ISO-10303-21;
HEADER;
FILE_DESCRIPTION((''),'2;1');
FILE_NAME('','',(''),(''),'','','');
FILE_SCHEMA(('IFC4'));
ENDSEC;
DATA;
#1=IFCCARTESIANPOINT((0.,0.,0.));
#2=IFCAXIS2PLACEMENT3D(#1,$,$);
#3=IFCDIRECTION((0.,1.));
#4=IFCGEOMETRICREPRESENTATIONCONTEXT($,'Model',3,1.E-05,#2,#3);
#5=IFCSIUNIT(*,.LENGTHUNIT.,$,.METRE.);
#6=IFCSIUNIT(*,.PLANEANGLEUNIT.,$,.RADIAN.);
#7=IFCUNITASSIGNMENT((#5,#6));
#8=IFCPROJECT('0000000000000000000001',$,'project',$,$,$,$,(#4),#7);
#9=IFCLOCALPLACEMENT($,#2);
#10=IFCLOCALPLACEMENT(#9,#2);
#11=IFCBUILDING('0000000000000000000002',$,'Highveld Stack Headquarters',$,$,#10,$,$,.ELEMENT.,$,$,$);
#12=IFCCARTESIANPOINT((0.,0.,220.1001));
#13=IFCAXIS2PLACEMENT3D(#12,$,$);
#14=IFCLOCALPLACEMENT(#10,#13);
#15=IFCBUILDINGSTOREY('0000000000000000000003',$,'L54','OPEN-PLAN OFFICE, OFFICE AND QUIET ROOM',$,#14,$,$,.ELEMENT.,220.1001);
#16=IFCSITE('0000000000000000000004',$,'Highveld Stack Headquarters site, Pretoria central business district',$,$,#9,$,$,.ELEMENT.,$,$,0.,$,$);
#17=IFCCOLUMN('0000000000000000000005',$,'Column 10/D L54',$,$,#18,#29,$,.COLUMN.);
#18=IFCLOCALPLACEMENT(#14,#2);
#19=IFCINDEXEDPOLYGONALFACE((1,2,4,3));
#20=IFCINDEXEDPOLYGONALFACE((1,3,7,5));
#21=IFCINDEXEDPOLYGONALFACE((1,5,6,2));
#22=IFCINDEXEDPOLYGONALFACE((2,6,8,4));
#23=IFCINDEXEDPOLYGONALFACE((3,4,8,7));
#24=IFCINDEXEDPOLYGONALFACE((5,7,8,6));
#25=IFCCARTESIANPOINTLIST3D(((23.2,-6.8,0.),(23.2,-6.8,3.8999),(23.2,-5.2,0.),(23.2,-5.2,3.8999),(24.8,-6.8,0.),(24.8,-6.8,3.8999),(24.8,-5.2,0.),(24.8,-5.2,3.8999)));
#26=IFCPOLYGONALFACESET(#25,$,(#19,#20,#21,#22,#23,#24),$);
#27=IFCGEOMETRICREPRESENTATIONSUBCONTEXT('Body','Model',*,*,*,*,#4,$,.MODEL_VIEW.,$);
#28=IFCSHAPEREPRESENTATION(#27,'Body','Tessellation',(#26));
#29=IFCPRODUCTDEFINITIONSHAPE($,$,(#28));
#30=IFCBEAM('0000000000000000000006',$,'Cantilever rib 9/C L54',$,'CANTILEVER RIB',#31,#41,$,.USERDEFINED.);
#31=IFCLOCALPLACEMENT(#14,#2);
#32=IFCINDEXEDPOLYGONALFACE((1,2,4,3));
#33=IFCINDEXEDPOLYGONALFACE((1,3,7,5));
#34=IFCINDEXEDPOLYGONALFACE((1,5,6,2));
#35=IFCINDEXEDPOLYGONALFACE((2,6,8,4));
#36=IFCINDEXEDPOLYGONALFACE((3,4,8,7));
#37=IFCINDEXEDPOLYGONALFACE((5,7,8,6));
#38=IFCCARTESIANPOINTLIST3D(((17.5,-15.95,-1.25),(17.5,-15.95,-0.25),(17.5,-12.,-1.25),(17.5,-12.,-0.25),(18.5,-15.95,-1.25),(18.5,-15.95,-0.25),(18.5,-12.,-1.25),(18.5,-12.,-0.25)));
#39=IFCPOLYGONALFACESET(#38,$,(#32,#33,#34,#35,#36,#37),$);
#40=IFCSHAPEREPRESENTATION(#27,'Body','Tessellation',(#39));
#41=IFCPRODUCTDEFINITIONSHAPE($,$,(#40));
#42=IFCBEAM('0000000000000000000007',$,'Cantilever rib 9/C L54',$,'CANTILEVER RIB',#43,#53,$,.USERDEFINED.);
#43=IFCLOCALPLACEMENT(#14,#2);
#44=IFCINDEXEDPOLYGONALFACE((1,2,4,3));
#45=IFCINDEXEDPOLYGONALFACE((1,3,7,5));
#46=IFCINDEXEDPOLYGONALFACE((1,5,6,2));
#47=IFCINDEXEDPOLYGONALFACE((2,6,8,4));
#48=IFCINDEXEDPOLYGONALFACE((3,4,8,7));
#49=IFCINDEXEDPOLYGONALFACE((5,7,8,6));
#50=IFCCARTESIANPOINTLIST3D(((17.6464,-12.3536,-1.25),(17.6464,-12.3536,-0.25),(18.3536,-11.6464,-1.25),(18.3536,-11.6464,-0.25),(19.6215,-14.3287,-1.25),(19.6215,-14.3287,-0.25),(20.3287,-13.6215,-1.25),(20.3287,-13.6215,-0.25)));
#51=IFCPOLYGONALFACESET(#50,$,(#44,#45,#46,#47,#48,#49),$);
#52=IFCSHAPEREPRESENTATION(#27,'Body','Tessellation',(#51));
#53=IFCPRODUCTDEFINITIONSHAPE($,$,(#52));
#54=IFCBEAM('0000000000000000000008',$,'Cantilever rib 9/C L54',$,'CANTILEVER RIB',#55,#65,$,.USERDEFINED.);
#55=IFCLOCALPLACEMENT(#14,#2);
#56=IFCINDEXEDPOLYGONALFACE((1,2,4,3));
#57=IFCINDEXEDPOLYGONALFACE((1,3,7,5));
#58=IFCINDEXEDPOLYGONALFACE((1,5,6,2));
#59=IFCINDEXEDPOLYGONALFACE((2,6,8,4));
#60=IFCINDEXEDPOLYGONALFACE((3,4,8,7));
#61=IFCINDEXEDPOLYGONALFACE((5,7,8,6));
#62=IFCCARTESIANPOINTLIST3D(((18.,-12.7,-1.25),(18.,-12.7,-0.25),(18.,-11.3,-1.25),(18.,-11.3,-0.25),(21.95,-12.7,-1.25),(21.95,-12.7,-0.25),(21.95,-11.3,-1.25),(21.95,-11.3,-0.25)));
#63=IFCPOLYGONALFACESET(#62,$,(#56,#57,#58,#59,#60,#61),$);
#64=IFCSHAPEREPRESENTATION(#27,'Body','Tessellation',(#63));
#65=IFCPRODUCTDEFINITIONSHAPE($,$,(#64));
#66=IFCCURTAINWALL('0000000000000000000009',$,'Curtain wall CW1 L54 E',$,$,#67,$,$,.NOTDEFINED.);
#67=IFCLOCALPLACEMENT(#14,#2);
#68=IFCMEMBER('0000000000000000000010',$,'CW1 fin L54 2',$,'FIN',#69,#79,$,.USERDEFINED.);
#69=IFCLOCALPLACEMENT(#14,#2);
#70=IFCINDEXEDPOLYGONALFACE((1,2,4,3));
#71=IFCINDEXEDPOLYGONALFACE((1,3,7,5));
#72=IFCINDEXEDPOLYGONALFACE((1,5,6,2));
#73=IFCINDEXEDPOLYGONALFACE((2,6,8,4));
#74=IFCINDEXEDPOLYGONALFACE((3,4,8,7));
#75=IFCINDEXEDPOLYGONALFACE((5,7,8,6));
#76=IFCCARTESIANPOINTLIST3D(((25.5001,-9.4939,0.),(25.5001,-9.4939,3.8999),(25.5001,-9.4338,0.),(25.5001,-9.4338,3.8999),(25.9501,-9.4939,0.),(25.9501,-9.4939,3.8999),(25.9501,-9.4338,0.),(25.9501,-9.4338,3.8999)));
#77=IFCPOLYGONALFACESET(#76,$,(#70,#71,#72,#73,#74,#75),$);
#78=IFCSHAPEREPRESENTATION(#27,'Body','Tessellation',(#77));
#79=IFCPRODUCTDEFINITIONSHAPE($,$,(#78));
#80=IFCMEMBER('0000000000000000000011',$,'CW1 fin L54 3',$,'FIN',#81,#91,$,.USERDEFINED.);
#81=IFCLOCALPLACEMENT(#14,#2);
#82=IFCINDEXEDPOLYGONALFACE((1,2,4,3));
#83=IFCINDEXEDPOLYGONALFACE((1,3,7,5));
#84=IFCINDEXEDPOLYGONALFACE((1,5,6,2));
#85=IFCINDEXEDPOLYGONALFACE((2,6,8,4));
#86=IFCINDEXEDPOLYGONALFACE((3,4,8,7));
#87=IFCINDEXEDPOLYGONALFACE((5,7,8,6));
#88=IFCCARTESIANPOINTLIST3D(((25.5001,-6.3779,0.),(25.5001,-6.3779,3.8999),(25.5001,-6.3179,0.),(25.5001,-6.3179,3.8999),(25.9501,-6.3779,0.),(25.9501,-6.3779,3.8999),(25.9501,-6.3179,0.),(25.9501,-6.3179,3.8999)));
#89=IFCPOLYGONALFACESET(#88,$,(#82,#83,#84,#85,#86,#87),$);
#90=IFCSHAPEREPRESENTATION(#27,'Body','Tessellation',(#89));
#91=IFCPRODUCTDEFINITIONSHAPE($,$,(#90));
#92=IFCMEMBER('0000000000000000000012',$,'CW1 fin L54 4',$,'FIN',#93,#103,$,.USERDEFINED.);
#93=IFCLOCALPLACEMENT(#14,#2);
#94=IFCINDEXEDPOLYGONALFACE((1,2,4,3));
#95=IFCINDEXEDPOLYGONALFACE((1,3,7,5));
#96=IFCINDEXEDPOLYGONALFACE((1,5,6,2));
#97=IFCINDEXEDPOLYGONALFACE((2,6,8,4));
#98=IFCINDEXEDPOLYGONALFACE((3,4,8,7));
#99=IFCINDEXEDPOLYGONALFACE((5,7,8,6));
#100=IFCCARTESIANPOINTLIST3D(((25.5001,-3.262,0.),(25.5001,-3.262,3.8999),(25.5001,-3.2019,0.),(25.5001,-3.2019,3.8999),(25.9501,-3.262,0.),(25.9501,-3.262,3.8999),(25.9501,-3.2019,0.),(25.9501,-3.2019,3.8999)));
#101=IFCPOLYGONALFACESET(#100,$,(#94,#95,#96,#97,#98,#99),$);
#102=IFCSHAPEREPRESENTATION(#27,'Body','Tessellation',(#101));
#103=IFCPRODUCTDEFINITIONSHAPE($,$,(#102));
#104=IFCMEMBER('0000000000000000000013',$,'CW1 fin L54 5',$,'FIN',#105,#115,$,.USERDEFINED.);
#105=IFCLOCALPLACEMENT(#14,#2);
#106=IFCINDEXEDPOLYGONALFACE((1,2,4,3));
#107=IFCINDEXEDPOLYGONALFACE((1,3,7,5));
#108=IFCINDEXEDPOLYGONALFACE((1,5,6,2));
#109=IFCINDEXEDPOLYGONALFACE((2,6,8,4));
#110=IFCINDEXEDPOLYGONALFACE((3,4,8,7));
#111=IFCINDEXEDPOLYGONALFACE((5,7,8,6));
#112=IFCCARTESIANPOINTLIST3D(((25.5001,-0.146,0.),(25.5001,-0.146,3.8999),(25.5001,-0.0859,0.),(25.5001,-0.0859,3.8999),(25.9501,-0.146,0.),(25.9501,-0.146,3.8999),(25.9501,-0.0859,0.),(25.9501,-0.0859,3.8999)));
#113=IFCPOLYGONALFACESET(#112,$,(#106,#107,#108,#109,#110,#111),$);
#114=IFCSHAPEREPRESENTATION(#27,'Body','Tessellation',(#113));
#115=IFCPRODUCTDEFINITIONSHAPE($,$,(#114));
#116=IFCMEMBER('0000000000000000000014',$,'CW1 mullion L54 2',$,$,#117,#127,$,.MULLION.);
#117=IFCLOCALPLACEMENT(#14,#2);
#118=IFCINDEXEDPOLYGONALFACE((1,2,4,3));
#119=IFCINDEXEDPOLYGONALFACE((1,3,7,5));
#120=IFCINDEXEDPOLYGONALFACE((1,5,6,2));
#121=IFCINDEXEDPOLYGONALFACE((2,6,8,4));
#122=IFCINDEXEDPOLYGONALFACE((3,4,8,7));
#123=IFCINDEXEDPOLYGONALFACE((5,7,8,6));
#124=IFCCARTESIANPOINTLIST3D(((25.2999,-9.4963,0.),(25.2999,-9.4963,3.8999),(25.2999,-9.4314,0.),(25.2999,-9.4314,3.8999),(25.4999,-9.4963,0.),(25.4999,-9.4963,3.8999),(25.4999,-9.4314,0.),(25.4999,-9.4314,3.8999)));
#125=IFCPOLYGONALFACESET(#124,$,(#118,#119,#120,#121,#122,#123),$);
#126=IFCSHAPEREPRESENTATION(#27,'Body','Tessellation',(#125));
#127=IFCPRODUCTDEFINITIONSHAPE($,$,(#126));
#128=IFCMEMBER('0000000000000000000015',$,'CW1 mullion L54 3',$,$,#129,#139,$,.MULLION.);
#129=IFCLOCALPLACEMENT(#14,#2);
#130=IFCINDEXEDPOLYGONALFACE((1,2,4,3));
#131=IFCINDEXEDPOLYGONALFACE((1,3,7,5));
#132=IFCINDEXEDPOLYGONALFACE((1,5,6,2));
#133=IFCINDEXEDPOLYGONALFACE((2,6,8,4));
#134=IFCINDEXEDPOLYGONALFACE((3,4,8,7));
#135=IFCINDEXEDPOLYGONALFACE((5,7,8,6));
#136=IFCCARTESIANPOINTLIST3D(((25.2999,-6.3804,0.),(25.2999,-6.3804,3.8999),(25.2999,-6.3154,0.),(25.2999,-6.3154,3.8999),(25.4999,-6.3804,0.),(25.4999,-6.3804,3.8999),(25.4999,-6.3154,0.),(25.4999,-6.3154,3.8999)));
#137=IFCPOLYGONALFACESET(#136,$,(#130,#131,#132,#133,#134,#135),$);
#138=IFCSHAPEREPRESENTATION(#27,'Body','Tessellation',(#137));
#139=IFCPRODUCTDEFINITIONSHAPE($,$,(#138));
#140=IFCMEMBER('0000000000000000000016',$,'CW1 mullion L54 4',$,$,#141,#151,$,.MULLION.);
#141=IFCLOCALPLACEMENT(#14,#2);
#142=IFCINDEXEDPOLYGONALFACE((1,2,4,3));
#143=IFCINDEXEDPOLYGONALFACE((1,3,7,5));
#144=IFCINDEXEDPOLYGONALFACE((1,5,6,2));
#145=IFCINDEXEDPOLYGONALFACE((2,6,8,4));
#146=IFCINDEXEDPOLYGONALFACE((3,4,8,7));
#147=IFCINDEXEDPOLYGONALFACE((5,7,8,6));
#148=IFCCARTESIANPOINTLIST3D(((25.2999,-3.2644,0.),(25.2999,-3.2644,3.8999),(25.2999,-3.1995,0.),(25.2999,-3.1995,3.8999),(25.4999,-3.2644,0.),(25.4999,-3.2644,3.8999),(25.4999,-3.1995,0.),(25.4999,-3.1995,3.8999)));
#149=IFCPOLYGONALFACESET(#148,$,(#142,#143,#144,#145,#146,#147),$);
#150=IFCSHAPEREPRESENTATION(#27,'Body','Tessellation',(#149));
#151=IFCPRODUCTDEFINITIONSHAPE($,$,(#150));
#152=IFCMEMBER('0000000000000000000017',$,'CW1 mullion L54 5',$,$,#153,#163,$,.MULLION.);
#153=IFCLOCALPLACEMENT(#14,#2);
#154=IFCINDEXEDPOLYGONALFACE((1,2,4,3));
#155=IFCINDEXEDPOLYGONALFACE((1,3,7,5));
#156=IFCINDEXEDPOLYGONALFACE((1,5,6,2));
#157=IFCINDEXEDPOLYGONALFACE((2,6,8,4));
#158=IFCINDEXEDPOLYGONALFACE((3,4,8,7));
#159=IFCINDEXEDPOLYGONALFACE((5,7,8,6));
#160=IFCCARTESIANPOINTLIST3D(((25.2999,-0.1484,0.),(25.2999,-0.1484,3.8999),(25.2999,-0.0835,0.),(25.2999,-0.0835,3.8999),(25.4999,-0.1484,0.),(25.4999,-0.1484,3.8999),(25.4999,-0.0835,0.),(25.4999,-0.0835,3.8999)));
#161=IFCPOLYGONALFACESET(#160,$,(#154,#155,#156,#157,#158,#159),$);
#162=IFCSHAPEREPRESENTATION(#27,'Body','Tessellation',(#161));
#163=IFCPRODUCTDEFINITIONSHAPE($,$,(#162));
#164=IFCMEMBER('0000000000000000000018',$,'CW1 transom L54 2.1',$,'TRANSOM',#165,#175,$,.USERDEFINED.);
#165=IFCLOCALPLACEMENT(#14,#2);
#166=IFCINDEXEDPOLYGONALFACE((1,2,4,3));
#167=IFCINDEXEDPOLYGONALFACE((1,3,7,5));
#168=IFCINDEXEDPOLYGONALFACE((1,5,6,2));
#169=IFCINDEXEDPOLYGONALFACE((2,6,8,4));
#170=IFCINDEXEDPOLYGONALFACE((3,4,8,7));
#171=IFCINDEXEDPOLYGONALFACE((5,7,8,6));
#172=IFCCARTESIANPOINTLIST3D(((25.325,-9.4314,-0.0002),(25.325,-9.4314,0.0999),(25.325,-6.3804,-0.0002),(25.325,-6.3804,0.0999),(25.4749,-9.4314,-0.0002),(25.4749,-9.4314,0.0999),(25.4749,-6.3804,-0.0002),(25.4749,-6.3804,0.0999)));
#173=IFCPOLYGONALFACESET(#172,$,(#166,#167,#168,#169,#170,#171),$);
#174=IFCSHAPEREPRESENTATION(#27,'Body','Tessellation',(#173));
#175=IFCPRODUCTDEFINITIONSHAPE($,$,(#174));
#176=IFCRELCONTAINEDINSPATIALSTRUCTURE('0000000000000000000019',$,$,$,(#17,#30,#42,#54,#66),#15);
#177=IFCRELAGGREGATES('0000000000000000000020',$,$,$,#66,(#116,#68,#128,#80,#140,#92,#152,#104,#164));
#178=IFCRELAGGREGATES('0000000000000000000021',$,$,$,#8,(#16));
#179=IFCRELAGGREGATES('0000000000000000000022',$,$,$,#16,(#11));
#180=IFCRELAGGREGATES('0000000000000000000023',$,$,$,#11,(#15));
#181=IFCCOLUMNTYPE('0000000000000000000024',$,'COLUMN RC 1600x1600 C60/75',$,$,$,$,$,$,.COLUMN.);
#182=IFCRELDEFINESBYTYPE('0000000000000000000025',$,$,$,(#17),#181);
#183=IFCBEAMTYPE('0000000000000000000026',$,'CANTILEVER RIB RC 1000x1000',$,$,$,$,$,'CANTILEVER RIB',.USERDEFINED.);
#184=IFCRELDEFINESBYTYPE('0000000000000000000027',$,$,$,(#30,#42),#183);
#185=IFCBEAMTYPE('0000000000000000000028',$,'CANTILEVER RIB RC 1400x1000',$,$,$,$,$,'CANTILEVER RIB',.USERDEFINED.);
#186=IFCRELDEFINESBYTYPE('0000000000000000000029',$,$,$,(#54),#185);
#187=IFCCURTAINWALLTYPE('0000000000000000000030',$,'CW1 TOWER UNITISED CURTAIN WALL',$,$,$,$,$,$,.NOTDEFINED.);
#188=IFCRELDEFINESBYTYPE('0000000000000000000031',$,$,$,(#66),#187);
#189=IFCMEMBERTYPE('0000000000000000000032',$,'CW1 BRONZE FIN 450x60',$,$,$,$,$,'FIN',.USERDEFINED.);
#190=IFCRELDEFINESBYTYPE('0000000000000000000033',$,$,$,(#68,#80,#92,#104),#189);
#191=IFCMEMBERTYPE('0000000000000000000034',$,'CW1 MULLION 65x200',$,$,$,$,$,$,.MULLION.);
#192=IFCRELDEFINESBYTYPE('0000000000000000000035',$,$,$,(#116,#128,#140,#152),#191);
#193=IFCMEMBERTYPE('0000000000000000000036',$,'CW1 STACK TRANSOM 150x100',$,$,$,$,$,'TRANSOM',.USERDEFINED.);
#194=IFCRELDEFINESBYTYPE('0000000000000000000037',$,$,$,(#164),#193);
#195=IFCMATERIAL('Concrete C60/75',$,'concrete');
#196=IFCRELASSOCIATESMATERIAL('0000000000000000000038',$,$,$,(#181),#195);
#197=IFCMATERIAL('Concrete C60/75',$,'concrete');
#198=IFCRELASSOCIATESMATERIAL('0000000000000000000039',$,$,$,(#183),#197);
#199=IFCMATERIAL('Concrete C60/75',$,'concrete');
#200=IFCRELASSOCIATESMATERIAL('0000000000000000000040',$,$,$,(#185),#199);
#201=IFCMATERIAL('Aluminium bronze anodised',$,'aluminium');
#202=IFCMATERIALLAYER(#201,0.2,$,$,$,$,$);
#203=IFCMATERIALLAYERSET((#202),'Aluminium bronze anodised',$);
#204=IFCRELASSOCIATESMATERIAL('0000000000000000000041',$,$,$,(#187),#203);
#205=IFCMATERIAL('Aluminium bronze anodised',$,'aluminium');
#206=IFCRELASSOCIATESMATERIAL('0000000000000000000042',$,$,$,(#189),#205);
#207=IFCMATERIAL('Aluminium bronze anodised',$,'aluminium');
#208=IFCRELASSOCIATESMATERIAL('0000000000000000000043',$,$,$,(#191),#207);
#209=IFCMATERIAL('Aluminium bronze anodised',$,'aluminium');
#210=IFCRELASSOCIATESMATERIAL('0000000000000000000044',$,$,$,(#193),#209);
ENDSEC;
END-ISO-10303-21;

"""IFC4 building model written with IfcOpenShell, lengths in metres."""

from ifc_helpers import new_model, si_unit, direction, frame, origin, origin_2d, place, context, subcontext, project, spatial, rectangle, extrude, material, layer, layer_set, material_profile, profile_set, type_object, element, aggregate, save


model = new_model("IFC4")

# Units and contexts
model_context = context("Model", 3, precision=1e-05, world=origin(), true_north=direction((0.0, 1.0)))
body_context = subcontext(model_context, "Body", "Model", "MODEL_VIEW")
ifc_project = project(units=[si_unit("LENGTHUNIT", "METRE"), si_unit("PLANEANGLEUNIT", "RADIAN")], contexts=[model_context])

# Site, building, storey
site_placement = place(None, origin())
site = spatial("IfcSite", under=ifc_project, at=site_placement, Name="Highveld Stack Headquarters site, Pretoria central business district", CompositionType="ELEMENT", RefElevation=0.0)
building_placement = place(site_placement, origin())
building = spatial("IfcBuilding", under=site, at=building_placement, Name="Highveld Stack Headquarters", CompositionType="ELEMENT")
storey_placement = place(building_placement, frame((0.0, 0.0, 220.1001)))
storey = spatial("IfcBuildingStorey", under=building, at=storey_placement, Name="L54", Description="OPEN-PLAN OFFICE, OFFICE AND QUIET ROOM", CompositionType="ELEMENT", Elevation=220.1001)

# Column
ifc_material_1 = material(Name="Concrete C60/75", Category="concrete")
ifc_material_profile_1 = material_profile(ifc_material_1, rectangle(XDim=1.6001, YDim=1.6001, at=origin_2d()), Name="RC 1600x1600")
ifc_profile_set_1 = profile_set([ifc_material_profile_1], Name="Concrete C60/75")
column_type = type_object("IfcColumnType", Name="COLUMN RC 1600x1600 C60/75", PredefinedType="COLUMN", material=ifc_profile_set_1)
column_placement = place(storey_placement, frame((24.0, -6.0, 0.0), z_axis=(0.0, 0.0, 1.0), x_axis=(1.0, 0.0, 0.0)))
element("IfcColumn", 1, at=column_placement, inside=storey, type_object=column_type, Name="Column 10/D L54", PredefinedType="COLUMN", context=body_context, shape_type="SweptSolid", body=[
    extrude(rectangle(XDim=1.6001, YDim=1.6001, at=origin_2d()), origin(), (0.0, 0.0, 1.0), 3.8999),
])

# Beams
ifc_material_2 = material(Name="Concrete C60/75", Category="concrete")
ifc_material_profile_2 = material_profile(ifc_material_2, rectangle(XDim=1.0, YDim=1.0, at=origin_2d()), Name="RC 1000x1000")
ifc_profile_set_2 = profile_set([ifc_material_profile_2], Name="Concrete C60/75")
beam_type_1 = type_object("IfcBeamType", Name="CANTILEVER RIB RC 1000x1000", ElementType="CANTILEVER RIB", PredefinedType="USERDEFINED", material=ifc_profile_set_2)
beam_1_placement = place(storey_placement, frame((18.0, -12.0, -0.75), z_axis=(0.0, -1.0, 0.0), x_axis=(1.0, 0.0, 0.0)))
element("IfcBeam", 2, at=beam_1_placement, inside=storey, type_object=beam_type_1, Name="Cantilever rib 9/C L54", ObjectType="CANTILEVER RIB", PredefinedType="USERDEFINED", context=body_context, shape_type="SweptSolid", body=[
    extrude(rectangle(XDim=1.0, YDim=1.0, at=origin_2d()), origin(), (0.0, 0.0, 1.0), 3.95),
])
beam_2_placement = place(storey_placement, frame((18.0, -12.0, -0.75), z_axis=(0.707107, -0.707107, 0.0), x_axis=(0.707107, 0.707107, 0.0)))
element("IfcBeam", 3, at=beam_2_placement, inside=storey, type_object=beam_type_1, Name="Cantilever rib 9/C L54", ObjectType="CANTILEVER RIB", PredefinedType="USERDEFINED", context=body_context, shape_type="SweptSolid", body=[
    extrude(rectangle(XDim=1.0, YDim=1.0, at=origin_2d()), origin(), (0.0, 0.0, 1.0), 2.7932),
])
ifc_material_3 = material(Name="Concrete C60/75", Category="concrete")
ifc_material_profile_3 = material_profile(ifc_material_3, rectangle(XDim=1.3999, YDim=1.0, at=origin_2d()), Name="RC 1400x1000")
ifc_profile_set_3 = profile_set([ifc_material_profile_3], Name="Concrete C60/75")
beam_type_2 = type_object("IfcBeamType", Name="CANTILEVER RIB RC 1400x1000", ElementType="CANTILEVER RIB", PredefinedType="USERDEFINED", material=ifc_profile_set_3)
beam_3_placement = place(storey_placement, frame((18.0, -12.0, -0.75), z_axis=(1.0, 0.0, 0.0), x_axis=(0.0, 1.0, 0.0)))
element("IfcBeam", 4, at=beam_3_placement, inside=storey, type_object=beam_type_2, Name="Cantilever rib 9/C L54", ObjectType="CANTILEVER RIB", PredefinedType="USERDEFINED", context=body_context, shape_type="SweptSolid", body=[
    extrude(rectangle(XDim=1.3999, YDim=1.0, at=origin_2d()), origin(), (0.0, 0.0, 1.0), 3.95),
])

# Curtain wall, members
ifc_material_4 = material(Name="Aluminium bronze anodised", Category="aluminium")
ifc_layer_1 = layer(ifc_material_4, 0.2)
ifc_layer_set_1 = layer_set([ifc_layer_1], Name="Aluminium bronze anodised")
curtain_wall_type = type_object("IfcCurtainWallType", Name="CW1 TOWER UNITISED CURTAIN WALL", PredefinedType="NOTDEFINED", material=ifc_layer_set_1)
curtain_wall_placement = place(storey_placement, origin())
curtain_wall = element("IfcCurtainWall", 5, at=curtain_wall_placement, inside=storey, type_object=curtain_wall_type, Name="Curtain wall CW1 L54 E", PredefinedType="NOTDEFINED")
ifc_material_5 = material(Name="Aluminium bronze anodised", Category="aluminium")
ifc_material_profile_4 = material_profile(ifc_material_5, rectangle(XDim=0.45, YDim=0.0601, at=origin_2d()), Name="FIN 450x60")
ifc_profile_set_4 = profile_set([ifc_material_profile_4], Name="Aluminium bronze anodised")
member_type_1 = type_object("IfcMemberType", Name="CW1 BRONZE FIN 450x60", ElementType="FIN", PredefinedType="USERDEFINED", material=ifc_profile_set_4)
member_1_placement = place(storey_placement, frame((25.7251, -9.4639, 0.0), z_axis=(0.0, 0.0, 1.0), x_axis=(-1.0, 0.0, 0.0)))
member_1 = element("IfcMember", 6, at=member_1_placement, type_object=member_type_1, Name="CW1 fin L54 2", ObjectType="FIN", PredefinedType="USERDEFINED", context=body_context, shape_type="SweptSolid", body=[
    extrude(rectangle(XDim=0.45, YDim=0.0601, at=origin_2d()), origin(), (0.0, 0.0, 1.0), 3.8999),
])
member_2_placement = place(storey_placement, frame((25.7251, -6.3479, 0.0), z_axis=(0.0, 0.0, 1.0), x_axis=(-1.0, 0.0, 0.0)))
member_2 = element("IfcMember", 7, at=member_2_placement, type_object=member_type_1, Name="CW1 fin L54 3", ObjectType="FIN", PredefinedType="USERDEFINED", context=body_context, shape_type="SweptSolid", body=[
    extrude(rectangle(XDim=0.45, YDim=0.0601, at=origin_2d()), origin(), (0.0, 0.0, 1.0), 3.8999),
])
member_3_placement = place(storey_placement, frame((25.7251, -3.2319, 0.0), z_axis=(0.0, 0.0, 1.0), x_axis=(-1.0, 0.0, 0.0)))
member_3 = element("IfcMember", 8, at=member_3_placement, type_object=member_type_1, Name="CW1 fin L54 4", ObjectType="FIN", PredefinedType="USERDEFINED", context=body_context, shape_type="SweptSolid", body=[
    extrude(rectangle(XDim=0.45, YDim=0.0601, at=origin_2d()), origin(), (0.0, 0.0, 1.0), 3.8999),
])
member_4_placement = place(storey_placement, frame((25.7251, -0.116, 0.0), z_axis=(0.0, 0.0, 1.0), x_axis=(-1.0, 0.0, 0.0)))
member_4 = element("IfcMember", 9, at=member_4_placement, type_object=member_type_1, Name="CW1 fin L54 5", ObjectType="FIN", PredefinedType="USERDEFINED", context=body_context, shape_type="SweptSolid", body=[
    extrude(rectangle(XDim=0.45, YDim=0.0601, at=origin_2d()), origin(), (0.0, 0.0, 1.0), 3.8999),
])
ifc_material_6 = material(Name="Aluminium bronze anodised", Category="aluminium")
ifc_material_profile_5 = material_profile(ifc_material_6, rectangle(XDim=0.2, YDim=0.0649, at=origin_2d()), Name="CW1 MULLION 65x200")
ifc_profile_set_5 = profile_set([ifc_material_profile_5], Name="Aluminium bronze anodised")
member_type_2 = type_object("IfcMemberType", Name="CW1 MULLION 65x200", PredefinedType="MULLION", material=ifc_profile_set_5)
member_5_placement = place(storey_placement, frame((25.3999, -9.4639, 0.0), z_axis=(0.0, 0.0, 1.0), x_axis=(-1.0, 0.0, 0.0)))
member_5 = element("IfcMember", 10, at=member_5_placement, type_object=member_type_2, Name="CW1 mullion L54 2", PredefinedType="MULLION", context=body_context, shape_type="SweptSolid", body=[
    extrude(rectangle(XDim=0.2, YDim=0.0649, at=origin_2d()), origin(), (0.0, 0.0, 1.0), 3.8999),
])
member_6_placement = place(storey_placement, frame((25.3999, -6.3479, 0.0), z_axis=(0.0, 0.0, 1.0), x_axis=(-1.0, 0.0, 0.0)))
member_6 = element("IfcMember", 11, at=member_6_placement, type_object=member_type_2, Name="CW1 mullion L54 3", PredefinedType="MULLION", context=body_context, shape_type="SweptSolid", body=[
    extrude(rectangle(XDim=0.2, YDim=0.0649, at=origin_2d()), origin(), (0.0, 0.0, 1.0), 3.8999),
])
member_7_placement = place(storey_placement, frame((25.3999, -3.2319, 0.0), z_axis=(0.0, 0.0, 1.0), x_axis=(-1.0, 0.0, 0.0)))
member_7 = element("IfcMember", 12, at=member_7_placement, type_object=member_type_2, Name="CW1 mullion L54 4", PredefinedType="MULLION", context=body_context, shape_type="SweptSolid", body=[
    extrude(rectangle(XDim=0.2, YDim=0.0649, at=origin_2d()), origin(), (0.0, 0.0, 1.0), 3.8999),
])
member_8_placement = place(storey_placement, frame((25.3999, -0.116, 0.0), z_axis=(0.0, 0.0, 1.0), x_axis=(-1.0, 0.0, 0.0)))
member_8 = element("IfcMember", 13, at=member_8_placement, type_object=member_type_2, Name="CW1 mullion L54 5", PredefinedType="MULLION", context=body_context, shape_type="SweptSolid", body=[
    extrude(rectangle(XDim=0.2, YDim=0.0649, at=origin_2d()), origin(), (0.0, 0.0, 1.0), 3.8999),
])
ifc_material_7 = material(Name="Aluminium bronze anodised", Category="aluminium")
ifc_material_profile_6 = material_profile(ifc_material_7, rectangle(XDim=0.1499, YDim=0.1001, at=origin_2d()), Name="CW1 TRANSOM 150x100")
ifc_profile_set_6 = profile_set([ifc_material_profile_6], Name="Aluminium bronze anodised")
member_type_3 = type_object("IfcMemberType", Name="CW1 STACK TRANSOM 150x100", ElementType="TRANSOM", PredefinedType="USERDEFINED", material=ifc_profile_set_6)
member_9_placement = place(storey_placement, frame((25.3999, -9.4314, 0.0498), z_axis=(0.0, 1.0, 0.0), x_axis=(-1.0, 0.0, 0.0)))
member_9 = element("IfcMember", 14, at=member_9_placement, type_object=member_type_3, Name="CW1 transom L54 2.1", ObjectType="TRANSOM", PredefinedType="USERDEFINED", context=body_context, shape_type="SweptSolid", body=[
    extrude(rectangle(XDim=0.1499, YDim=0.1001, at=origin_2d()), origin(), (0.0, 0.0, 1.0), 3.051),
])

aggregate(curtain_wall, [member_5, member_1, member_6, member_2, member_7, member_3, member_8, member_4, member_9])

save(model, "model.ifc")
